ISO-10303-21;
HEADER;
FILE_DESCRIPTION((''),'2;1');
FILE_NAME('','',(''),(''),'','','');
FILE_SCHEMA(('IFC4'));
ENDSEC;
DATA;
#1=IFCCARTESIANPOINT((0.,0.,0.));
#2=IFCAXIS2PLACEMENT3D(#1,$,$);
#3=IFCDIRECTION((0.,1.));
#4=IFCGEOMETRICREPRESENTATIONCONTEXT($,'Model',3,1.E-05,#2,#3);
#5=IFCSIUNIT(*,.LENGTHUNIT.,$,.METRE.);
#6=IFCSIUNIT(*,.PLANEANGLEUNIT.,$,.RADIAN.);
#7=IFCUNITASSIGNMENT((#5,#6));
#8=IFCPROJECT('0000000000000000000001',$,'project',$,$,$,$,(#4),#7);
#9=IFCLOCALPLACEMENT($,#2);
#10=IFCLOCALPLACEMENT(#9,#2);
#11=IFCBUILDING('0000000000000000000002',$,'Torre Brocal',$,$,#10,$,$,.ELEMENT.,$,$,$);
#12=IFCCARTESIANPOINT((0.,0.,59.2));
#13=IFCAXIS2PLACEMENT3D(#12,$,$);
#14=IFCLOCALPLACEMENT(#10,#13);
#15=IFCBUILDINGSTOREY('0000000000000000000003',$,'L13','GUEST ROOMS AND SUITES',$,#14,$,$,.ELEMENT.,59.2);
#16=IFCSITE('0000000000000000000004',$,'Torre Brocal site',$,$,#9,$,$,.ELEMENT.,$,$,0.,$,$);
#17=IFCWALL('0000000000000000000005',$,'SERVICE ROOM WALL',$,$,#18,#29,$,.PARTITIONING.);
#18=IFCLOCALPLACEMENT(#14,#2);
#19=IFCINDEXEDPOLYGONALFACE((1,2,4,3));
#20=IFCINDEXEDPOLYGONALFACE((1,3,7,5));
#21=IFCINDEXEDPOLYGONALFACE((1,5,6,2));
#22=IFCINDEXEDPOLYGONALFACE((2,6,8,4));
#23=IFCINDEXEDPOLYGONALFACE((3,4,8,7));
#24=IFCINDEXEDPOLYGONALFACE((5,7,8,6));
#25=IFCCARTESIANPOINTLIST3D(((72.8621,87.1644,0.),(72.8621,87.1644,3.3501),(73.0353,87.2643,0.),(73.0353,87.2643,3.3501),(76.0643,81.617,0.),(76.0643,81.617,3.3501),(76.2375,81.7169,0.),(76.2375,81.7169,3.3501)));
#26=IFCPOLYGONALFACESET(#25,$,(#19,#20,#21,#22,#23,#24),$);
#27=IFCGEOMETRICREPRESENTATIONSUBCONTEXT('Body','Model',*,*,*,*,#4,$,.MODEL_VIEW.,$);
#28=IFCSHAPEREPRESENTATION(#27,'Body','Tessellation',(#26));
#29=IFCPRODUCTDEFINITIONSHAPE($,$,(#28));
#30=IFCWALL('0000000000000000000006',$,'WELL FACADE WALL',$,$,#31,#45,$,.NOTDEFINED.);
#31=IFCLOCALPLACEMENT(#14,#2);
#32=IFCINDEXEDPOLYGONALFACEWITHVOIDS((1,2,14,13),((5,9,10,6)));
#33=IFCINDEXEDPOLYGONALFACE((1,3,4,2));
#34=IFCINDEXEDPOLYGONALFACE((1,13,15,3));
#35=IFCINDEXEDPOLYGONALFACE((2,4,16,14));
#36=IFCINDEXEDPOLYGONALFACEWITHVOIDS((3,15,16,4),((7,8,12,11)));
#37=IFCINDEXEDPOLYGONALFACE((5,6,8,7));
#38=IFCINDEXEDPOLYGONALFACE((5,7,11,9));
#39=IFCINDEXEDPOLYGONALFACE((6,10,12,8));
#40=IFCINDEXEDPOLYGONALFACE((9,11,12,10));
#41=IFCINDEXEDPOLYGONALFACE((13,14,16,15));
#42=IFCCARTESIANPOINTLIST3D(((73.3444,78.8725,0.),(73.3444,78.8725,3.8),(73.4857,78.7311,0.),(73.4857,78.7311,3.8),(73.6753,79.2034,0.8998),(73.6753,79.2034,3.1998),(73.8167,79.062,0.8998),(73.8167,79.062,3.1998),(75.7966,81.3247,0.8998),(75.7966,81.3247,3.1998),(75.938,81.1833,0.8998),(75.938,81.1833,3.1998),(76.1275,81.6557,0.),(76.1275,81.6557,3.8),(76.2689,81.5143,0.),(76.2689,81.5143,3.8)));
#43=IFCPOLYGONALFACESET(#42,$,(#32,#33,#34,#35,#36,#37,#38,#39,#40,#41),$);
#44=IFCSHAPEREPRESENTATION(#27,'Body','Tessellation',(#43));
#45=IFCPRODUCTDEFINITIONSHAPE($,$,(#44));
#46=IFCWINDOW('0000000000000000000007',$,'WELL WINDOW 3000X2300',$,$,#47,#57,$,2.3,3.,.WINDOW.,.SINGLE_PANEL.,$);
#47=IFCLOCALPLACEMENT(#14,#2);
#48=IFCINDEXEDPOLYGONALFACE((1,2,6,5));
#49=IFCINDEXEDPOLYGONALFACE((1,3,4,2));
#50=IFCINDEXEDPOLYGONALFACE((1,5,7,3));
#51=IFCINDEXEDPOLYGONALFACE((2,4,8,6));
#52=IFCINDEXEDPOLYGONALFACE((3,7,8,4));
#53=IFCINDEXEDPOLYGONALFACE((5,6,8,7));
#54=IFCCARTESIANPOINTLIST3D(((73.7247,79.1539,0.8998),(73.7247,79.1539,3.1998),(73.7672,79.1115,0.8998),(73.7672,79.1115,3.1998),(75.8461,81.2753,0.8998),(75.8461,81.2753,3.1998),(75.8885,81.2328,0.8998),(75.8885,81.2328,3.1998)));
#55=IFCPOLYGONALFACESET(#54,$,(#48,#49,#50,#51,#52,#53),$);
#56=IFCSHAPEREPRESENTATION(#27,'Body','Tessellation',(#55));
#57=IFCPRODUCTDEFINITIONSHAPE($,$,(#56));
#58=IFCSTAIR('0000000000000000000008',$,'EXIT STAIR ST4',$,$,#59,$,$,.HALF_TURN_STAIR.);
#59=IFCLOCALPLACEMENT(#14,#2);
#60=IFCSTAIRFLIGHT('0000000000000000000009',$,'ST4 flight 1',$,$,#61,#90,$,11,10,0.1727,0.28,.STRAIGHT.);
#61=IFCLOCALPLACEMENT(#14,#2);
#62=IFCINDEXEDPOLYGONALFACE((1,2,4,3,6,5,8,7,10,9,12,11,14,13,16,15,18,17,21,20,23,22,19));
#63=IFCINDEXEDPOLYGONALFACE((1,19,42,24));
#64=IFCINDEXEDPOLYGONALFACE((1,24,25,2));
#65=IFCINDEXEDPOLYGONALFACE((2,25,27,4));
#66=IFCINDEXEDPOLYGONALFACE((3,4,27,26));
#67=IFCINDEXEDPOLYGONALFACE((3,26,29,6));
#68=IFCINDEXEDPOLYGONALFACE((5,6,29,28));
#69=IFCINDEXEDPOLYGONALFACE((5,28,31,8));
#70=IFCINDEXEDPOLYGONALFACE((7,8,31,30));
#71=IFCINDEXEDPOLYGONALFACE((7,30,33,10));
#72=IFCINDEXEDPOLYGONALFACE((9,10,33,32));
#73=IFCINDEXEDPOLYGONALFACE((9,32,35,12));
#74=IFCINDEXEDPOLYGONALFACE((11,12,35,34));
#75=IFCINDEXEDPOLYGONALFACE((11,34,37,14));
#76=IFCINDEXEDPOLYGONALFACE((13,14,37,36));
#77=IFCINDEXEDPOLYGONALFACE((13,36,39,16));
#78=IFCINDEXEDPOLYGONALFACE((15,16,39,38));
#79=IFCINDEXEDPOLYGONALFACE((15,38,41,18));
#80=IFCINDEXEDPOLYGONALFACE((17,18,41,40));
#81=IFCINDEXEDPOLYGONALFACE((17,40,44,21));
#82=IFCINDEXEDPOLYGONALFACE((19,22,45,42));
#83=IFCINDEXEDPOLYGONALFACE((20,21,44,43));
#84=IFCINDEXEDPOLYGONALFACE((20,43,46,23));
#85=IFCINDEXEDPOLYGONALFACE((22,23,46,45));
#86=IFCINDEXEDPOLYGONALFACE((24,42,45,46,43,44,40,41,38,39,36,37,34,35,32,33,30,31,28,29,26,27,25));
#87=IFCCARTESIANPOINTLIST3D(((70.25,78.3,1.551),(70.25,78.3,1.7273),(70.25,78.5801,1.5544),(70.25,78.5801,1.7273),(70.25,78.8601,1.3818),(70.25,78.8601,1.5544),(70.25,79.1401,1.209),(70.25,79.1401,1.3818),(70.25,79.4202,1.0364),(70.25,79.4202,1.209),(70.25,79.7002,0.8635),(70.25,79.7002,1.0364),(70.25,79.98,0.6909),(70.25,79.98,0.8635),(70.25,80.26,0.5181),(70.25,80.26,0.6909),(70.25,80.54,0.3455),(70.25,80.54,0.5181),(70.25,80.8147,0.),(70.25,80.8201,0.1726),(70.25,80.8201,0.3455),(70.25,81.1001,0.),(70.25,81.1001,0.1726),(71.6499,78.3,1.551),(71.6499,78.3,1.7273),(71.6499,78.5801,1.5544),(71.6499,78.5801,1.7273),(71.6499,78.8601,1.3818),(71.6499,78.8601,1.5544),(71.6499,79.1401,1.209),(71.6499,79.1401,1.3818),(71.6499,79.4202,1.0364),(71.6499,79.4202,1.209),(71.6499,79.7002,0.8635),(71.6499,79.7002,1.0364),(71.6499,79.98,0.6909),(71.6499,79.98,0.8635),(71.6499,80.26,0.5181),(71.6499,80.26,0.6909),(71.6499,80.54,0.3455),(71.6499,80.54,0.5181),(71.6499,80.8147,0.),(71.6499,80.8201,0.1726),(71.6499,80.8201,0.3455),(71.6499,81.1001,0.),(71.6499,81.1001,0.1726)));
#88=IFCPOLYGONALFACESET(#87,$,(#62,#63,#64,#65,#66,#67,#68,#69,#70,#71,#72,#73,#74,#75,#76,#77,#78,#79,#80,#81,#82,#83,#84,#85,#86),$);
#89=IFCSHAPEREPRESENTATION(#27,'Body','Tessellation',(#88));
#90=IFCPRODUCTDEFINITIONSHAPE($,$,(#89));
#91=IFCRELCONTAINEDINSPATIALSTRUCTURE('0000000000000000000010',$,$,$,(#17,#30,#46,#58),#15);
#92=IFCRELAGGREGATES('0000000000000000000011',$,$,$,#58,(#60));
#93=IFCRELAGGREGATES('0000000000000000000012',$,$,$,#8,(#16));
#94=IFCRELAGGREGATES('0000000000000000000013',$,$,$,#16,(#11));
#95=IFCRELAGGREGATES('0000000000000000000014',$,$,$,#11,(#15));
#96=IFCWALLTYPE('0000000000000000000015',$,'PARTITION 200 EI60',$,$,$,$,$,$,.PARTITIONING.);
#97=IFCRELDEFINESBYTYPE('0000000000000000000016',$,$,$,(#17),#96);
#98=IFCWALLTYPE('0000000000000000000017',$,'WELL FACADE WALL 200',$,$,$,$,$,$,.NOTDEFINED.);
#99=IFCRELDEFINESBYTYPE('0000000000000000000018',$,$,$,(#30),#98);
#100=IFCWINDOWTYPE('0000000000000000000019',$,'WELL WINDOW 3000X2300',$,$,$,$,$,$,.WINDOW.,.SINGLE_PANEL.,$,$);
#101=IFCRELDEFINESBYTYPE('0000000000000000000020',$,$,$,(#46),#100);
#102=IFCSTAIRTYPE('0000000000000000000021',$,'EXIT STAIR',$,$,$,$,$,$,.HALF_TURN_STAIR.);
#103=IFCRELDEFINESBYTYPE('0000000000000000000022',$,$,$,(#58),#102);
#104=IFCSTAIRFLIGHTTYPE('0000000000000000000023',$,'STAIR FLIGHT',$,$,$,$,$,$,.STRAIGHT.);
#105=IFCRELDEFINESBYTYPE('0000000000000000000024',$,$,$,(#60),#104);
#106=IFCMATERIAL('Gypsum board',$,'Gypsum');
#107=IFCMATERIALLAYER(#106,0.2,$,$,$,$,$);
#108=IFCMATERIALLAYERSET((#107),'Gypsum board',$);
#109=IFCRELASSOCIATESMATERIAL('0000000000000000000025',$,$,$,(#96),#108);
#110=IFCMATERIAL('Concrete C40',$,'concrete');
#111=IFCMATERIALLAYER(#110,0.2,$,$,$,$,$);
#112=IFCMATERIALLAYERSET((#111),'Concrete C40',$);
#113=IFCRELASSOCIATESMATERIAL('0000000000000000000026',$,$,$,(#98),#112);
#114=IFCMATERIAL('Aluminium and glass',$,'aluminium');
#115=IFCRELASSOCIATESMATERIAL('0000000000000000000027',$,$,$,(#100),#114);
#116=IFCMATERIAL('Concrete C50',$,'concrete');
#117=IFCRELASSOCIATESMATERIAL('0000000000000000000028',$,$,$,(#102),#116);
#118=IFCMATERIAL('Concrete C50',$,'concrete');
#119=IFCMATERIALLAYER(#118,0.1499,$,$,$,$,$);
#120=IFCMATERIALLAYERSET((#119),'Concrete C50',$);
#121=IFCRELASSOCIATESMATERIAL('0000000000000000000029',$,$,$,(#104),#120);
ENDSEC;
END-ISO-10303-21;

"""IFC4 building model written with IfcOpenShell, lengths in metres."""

from ifc_helpers import new_model, si_unit, direction, frame, frame_2d, origin, place, context, subcontext, project, spatial, polyline, rectangle, outline, extrude, material, layer, layer_set, type_object, element, fill, aggregate, save


model = new_model("IFC4")

# Units and contexts
model_context = context("Model", 3, precision=1e-05, world=origin(), true_north=direction((0.0, 1.0)))
body_context = subcontext(model_context, "Body", "Model", "MODEL_VIEW")
ifc_project = project(units=[si_unit("LENGTHUNIT", "METRE"), si_unit("PLANEANGLEUNIT", "RADIAN")], contexts=[model_context])

# Site, building, storey
site_placement = place(None, origin())
site = spatial("IfcSite", under=ifc_project, at=site_placement, Name="Torre Brocal site", CompositionType="ELEMENT", RefElevation=0.0)
building_placement = place(site_placement, origin())
building = spatial("IfcBuilding", under=site, at=building_placement, Name="Torre Brocal", CompositionType="ELEMENT")
storey_placement = place(building_placement, frame((0.0, 0.0, 59.2)))
storey = spatial("IfcBuildingStorey", under=building, at=storey_placement, Name="L13", Description="GUEST ROOMS AND SUITES", CompositionType="ELEMENT", Elevation=59.2)

# Shared definitions
ifc_material_1 = material(Name="Gypsum board", Category="Gypsum")
ifc_layer_1 = layer(ifc_material_1, 0.2)
ifc_layer_set_1 = layer_set([ifc_layer_1], Name="Gypsum board")
wall_type_1 = type_object("IfcWallType", Name="PARTITION 200 EI60", PredefinedType="PARTITIONING", material=ifc_layer_set_1)

# Wall
wall_1_placement = place(storey_placement, frame((72.9487, 87.2144, 0.0), z_axis=(0.0, 0.0, 1.0), x_axis=(0.499927, -0.866068, 0.0)))
element("IfcWall", 1, at=wall_1_placement, inside=storey, type_object=wall_type_1, Name="SERVICE ROOM WALL", PredefinedType="PARTITIONING", context=body_context, shape_type="SweptSolid", body=[
    extrude(rectangle(XDim=6.4053, YDim=0.2, at=frame_2d((3.2026, 0.0))), origin(), (0.0, 0.0, 1.0), 3.3501),
])

# Wall, opening, window
ifc_material_2 = material(Name="Concrete C40", Category="concrete")
ifc_layer_2 = layer(ifc_material_2, 0.2)
ifc_layer_set_2 = layer_set([ifc_layer_2], Name="Concrete C40")
wall_type_2 = type_object("IfcWallType", Name="WELL FACADE WALL 200", PredefinedType="NOTDEFINED", material=ifc_layer_set_2)
wall_2_placement = place(storey_placement, frame((76.1982, 81.585, 0.0), z_axis=(0.0, 0.0, 1.0), x_axis=(-0.707107, -0.707107, 0.0)))
wall_2 = element("IfcWall", 2, at=wall_2_placement, inside=storey, type_object=wall_type_2, Name="WELL FACADE WALL", PredefinedType="NOTDEFINED", context=body_context, shape_type="SweptSolid", body=[
    extrude(rectangle(XDim=3.936, YDim=0.2, at=frame_2d((1.968, 0.0))), origin(), (0.0, 0.0, 1.0), 3.8),
])
opening_1_placement = place(wall_2_placement, frame((0.468, 0.0, 0.8999)))
opening_1 = element("IfcOpeningElement", 3, at=opening_1_placement, cuts=wall_2, PredefinedType="OPENING", context=body_context, shape_type="SweptSolid", body=[
    extrude(rectangle(XDim=3.0, YDim=2.3, at=frame_2d((1.5, 1.1499))), frame((0.0, 0.1099, 0.0), z_axis=(0.0, -1.0, 0.0), x_axis=(1.0, 0.0, 0.0)), (0.0, 0.0, 1.0), 0.22),
])
ifc_material_3 = material(Name="Aluminium and glass", Category="aluminium")
window_type = type_object("IfcWindowType", Name="WELL WINDOW 3000X2300", PartitioningType="SINGLE_PANEL", PredefinedType="WINDOW", material=ifc_material_3)
window_placement = place(opening_1_placement, origin())
window = element("IfcWindow", 4, at=window_placement, inside=storey, type_object=window_type, Name="WELL WINDOW 3000X2300", OverallHeight=2.3, OverallWidth=3.0, PartitioningType="SINGLE_PANEL", PredefinedType="WINDOW", context=body_context, shape_type="SweptSolid", body=[
    extrude(rectangle(XDim=3.0, YDim=2.3, at=frame_2d((1.5, 1.1499))), frame((0.0, 0.03, 0.0), z_axis=(0.0, -1.0, 0.0), x_axis=(1.0, 0.0, 0.0)), (0.0, 0.0, 1.0), 0.0601),
])
fill(opening_1, window)

# Stair, stair flight
ifc_material_4 = material(Name="Concrete C50", Category="concrete")
stair_type = type_object("IfcStairType", Name="EXIT STAIR", PredefinedType="HALF_TURN_STAIR", material=ifc_material_4)
stair_placement = place(storey_placement, origin())
stair = element("IfcStair", 5, at=stair_placement, inside=storey, type_object=stair_type, Name="EXIT STAIR ST4", PredefinedType="HALF_TURN_STAIR")
ifc_material_5 = material(Name="Concrete C50", Category="concrete")
ifc_layer_3 = layer(ifc_material_5, 0.1499)
ifc_layer_set_3 = layer_set([ifc_layer_3], Name="Concrete C50")
stair_flight_type = type_object("IfcStairFlightType", Name="STAIR FLIGHT", PredefinedType="STRAIGHT", material=ifc_layer_set_3)
stair_flight_placement = place(storey_placement, frame((70.95, 81.1001, 0.0), z_axis=(0.0, 0.0, 1.0), x_axis=(0.0, -1.0, 0.0)))
stair_flight = element("IfcStairFlight", 6, at=stair_flight_placement, type_object=stair_flight_type, Name="ST4 flight 1", NumberOfRisers=11, NumberOfTreads=10, PredefinedType="STRAIGHT", RiserHeight=0.1727, TreadLength=0.28, context=body_context, shape_type="SweptSolid", body=[
    extrude(outline(polyline([(0.0, 0.0), (0.0, 0.1726), (0.28, 0.1726), (0.28, 0.3455), (0.5601, 0.3455), (0.5601, 0.5181), (0.8401, 0.5181), (0.8401, 0.6909), (1.1201, 0.6909), (1.1201, 0.8635), (1.3999, 0.8635), (1.3999, 1.0364), (1.6799, 1.0364), (1.6799, 1.209), (1.96, 1.209), (1.96, 1.3818), (2.24, 1.3818), (2.24, 1.5544), (2.52, 1.5544), (2.52, 1.7273), (2.8, 1.7273), (2.8, 1.8999), (2.8, 1.551), (0.2854, 0.0), (0.0, 0.0)])), frame((0.0, 0.7, 0.0), z_axis=(0.0, -1.0, 0.0), x_axis=(1.0, 0.0, 0.0)), (0.0, 0.0, 1.0), 1.3999),
])
aggregate(stair, [stair_flight])

save(model, "model.ifc")
